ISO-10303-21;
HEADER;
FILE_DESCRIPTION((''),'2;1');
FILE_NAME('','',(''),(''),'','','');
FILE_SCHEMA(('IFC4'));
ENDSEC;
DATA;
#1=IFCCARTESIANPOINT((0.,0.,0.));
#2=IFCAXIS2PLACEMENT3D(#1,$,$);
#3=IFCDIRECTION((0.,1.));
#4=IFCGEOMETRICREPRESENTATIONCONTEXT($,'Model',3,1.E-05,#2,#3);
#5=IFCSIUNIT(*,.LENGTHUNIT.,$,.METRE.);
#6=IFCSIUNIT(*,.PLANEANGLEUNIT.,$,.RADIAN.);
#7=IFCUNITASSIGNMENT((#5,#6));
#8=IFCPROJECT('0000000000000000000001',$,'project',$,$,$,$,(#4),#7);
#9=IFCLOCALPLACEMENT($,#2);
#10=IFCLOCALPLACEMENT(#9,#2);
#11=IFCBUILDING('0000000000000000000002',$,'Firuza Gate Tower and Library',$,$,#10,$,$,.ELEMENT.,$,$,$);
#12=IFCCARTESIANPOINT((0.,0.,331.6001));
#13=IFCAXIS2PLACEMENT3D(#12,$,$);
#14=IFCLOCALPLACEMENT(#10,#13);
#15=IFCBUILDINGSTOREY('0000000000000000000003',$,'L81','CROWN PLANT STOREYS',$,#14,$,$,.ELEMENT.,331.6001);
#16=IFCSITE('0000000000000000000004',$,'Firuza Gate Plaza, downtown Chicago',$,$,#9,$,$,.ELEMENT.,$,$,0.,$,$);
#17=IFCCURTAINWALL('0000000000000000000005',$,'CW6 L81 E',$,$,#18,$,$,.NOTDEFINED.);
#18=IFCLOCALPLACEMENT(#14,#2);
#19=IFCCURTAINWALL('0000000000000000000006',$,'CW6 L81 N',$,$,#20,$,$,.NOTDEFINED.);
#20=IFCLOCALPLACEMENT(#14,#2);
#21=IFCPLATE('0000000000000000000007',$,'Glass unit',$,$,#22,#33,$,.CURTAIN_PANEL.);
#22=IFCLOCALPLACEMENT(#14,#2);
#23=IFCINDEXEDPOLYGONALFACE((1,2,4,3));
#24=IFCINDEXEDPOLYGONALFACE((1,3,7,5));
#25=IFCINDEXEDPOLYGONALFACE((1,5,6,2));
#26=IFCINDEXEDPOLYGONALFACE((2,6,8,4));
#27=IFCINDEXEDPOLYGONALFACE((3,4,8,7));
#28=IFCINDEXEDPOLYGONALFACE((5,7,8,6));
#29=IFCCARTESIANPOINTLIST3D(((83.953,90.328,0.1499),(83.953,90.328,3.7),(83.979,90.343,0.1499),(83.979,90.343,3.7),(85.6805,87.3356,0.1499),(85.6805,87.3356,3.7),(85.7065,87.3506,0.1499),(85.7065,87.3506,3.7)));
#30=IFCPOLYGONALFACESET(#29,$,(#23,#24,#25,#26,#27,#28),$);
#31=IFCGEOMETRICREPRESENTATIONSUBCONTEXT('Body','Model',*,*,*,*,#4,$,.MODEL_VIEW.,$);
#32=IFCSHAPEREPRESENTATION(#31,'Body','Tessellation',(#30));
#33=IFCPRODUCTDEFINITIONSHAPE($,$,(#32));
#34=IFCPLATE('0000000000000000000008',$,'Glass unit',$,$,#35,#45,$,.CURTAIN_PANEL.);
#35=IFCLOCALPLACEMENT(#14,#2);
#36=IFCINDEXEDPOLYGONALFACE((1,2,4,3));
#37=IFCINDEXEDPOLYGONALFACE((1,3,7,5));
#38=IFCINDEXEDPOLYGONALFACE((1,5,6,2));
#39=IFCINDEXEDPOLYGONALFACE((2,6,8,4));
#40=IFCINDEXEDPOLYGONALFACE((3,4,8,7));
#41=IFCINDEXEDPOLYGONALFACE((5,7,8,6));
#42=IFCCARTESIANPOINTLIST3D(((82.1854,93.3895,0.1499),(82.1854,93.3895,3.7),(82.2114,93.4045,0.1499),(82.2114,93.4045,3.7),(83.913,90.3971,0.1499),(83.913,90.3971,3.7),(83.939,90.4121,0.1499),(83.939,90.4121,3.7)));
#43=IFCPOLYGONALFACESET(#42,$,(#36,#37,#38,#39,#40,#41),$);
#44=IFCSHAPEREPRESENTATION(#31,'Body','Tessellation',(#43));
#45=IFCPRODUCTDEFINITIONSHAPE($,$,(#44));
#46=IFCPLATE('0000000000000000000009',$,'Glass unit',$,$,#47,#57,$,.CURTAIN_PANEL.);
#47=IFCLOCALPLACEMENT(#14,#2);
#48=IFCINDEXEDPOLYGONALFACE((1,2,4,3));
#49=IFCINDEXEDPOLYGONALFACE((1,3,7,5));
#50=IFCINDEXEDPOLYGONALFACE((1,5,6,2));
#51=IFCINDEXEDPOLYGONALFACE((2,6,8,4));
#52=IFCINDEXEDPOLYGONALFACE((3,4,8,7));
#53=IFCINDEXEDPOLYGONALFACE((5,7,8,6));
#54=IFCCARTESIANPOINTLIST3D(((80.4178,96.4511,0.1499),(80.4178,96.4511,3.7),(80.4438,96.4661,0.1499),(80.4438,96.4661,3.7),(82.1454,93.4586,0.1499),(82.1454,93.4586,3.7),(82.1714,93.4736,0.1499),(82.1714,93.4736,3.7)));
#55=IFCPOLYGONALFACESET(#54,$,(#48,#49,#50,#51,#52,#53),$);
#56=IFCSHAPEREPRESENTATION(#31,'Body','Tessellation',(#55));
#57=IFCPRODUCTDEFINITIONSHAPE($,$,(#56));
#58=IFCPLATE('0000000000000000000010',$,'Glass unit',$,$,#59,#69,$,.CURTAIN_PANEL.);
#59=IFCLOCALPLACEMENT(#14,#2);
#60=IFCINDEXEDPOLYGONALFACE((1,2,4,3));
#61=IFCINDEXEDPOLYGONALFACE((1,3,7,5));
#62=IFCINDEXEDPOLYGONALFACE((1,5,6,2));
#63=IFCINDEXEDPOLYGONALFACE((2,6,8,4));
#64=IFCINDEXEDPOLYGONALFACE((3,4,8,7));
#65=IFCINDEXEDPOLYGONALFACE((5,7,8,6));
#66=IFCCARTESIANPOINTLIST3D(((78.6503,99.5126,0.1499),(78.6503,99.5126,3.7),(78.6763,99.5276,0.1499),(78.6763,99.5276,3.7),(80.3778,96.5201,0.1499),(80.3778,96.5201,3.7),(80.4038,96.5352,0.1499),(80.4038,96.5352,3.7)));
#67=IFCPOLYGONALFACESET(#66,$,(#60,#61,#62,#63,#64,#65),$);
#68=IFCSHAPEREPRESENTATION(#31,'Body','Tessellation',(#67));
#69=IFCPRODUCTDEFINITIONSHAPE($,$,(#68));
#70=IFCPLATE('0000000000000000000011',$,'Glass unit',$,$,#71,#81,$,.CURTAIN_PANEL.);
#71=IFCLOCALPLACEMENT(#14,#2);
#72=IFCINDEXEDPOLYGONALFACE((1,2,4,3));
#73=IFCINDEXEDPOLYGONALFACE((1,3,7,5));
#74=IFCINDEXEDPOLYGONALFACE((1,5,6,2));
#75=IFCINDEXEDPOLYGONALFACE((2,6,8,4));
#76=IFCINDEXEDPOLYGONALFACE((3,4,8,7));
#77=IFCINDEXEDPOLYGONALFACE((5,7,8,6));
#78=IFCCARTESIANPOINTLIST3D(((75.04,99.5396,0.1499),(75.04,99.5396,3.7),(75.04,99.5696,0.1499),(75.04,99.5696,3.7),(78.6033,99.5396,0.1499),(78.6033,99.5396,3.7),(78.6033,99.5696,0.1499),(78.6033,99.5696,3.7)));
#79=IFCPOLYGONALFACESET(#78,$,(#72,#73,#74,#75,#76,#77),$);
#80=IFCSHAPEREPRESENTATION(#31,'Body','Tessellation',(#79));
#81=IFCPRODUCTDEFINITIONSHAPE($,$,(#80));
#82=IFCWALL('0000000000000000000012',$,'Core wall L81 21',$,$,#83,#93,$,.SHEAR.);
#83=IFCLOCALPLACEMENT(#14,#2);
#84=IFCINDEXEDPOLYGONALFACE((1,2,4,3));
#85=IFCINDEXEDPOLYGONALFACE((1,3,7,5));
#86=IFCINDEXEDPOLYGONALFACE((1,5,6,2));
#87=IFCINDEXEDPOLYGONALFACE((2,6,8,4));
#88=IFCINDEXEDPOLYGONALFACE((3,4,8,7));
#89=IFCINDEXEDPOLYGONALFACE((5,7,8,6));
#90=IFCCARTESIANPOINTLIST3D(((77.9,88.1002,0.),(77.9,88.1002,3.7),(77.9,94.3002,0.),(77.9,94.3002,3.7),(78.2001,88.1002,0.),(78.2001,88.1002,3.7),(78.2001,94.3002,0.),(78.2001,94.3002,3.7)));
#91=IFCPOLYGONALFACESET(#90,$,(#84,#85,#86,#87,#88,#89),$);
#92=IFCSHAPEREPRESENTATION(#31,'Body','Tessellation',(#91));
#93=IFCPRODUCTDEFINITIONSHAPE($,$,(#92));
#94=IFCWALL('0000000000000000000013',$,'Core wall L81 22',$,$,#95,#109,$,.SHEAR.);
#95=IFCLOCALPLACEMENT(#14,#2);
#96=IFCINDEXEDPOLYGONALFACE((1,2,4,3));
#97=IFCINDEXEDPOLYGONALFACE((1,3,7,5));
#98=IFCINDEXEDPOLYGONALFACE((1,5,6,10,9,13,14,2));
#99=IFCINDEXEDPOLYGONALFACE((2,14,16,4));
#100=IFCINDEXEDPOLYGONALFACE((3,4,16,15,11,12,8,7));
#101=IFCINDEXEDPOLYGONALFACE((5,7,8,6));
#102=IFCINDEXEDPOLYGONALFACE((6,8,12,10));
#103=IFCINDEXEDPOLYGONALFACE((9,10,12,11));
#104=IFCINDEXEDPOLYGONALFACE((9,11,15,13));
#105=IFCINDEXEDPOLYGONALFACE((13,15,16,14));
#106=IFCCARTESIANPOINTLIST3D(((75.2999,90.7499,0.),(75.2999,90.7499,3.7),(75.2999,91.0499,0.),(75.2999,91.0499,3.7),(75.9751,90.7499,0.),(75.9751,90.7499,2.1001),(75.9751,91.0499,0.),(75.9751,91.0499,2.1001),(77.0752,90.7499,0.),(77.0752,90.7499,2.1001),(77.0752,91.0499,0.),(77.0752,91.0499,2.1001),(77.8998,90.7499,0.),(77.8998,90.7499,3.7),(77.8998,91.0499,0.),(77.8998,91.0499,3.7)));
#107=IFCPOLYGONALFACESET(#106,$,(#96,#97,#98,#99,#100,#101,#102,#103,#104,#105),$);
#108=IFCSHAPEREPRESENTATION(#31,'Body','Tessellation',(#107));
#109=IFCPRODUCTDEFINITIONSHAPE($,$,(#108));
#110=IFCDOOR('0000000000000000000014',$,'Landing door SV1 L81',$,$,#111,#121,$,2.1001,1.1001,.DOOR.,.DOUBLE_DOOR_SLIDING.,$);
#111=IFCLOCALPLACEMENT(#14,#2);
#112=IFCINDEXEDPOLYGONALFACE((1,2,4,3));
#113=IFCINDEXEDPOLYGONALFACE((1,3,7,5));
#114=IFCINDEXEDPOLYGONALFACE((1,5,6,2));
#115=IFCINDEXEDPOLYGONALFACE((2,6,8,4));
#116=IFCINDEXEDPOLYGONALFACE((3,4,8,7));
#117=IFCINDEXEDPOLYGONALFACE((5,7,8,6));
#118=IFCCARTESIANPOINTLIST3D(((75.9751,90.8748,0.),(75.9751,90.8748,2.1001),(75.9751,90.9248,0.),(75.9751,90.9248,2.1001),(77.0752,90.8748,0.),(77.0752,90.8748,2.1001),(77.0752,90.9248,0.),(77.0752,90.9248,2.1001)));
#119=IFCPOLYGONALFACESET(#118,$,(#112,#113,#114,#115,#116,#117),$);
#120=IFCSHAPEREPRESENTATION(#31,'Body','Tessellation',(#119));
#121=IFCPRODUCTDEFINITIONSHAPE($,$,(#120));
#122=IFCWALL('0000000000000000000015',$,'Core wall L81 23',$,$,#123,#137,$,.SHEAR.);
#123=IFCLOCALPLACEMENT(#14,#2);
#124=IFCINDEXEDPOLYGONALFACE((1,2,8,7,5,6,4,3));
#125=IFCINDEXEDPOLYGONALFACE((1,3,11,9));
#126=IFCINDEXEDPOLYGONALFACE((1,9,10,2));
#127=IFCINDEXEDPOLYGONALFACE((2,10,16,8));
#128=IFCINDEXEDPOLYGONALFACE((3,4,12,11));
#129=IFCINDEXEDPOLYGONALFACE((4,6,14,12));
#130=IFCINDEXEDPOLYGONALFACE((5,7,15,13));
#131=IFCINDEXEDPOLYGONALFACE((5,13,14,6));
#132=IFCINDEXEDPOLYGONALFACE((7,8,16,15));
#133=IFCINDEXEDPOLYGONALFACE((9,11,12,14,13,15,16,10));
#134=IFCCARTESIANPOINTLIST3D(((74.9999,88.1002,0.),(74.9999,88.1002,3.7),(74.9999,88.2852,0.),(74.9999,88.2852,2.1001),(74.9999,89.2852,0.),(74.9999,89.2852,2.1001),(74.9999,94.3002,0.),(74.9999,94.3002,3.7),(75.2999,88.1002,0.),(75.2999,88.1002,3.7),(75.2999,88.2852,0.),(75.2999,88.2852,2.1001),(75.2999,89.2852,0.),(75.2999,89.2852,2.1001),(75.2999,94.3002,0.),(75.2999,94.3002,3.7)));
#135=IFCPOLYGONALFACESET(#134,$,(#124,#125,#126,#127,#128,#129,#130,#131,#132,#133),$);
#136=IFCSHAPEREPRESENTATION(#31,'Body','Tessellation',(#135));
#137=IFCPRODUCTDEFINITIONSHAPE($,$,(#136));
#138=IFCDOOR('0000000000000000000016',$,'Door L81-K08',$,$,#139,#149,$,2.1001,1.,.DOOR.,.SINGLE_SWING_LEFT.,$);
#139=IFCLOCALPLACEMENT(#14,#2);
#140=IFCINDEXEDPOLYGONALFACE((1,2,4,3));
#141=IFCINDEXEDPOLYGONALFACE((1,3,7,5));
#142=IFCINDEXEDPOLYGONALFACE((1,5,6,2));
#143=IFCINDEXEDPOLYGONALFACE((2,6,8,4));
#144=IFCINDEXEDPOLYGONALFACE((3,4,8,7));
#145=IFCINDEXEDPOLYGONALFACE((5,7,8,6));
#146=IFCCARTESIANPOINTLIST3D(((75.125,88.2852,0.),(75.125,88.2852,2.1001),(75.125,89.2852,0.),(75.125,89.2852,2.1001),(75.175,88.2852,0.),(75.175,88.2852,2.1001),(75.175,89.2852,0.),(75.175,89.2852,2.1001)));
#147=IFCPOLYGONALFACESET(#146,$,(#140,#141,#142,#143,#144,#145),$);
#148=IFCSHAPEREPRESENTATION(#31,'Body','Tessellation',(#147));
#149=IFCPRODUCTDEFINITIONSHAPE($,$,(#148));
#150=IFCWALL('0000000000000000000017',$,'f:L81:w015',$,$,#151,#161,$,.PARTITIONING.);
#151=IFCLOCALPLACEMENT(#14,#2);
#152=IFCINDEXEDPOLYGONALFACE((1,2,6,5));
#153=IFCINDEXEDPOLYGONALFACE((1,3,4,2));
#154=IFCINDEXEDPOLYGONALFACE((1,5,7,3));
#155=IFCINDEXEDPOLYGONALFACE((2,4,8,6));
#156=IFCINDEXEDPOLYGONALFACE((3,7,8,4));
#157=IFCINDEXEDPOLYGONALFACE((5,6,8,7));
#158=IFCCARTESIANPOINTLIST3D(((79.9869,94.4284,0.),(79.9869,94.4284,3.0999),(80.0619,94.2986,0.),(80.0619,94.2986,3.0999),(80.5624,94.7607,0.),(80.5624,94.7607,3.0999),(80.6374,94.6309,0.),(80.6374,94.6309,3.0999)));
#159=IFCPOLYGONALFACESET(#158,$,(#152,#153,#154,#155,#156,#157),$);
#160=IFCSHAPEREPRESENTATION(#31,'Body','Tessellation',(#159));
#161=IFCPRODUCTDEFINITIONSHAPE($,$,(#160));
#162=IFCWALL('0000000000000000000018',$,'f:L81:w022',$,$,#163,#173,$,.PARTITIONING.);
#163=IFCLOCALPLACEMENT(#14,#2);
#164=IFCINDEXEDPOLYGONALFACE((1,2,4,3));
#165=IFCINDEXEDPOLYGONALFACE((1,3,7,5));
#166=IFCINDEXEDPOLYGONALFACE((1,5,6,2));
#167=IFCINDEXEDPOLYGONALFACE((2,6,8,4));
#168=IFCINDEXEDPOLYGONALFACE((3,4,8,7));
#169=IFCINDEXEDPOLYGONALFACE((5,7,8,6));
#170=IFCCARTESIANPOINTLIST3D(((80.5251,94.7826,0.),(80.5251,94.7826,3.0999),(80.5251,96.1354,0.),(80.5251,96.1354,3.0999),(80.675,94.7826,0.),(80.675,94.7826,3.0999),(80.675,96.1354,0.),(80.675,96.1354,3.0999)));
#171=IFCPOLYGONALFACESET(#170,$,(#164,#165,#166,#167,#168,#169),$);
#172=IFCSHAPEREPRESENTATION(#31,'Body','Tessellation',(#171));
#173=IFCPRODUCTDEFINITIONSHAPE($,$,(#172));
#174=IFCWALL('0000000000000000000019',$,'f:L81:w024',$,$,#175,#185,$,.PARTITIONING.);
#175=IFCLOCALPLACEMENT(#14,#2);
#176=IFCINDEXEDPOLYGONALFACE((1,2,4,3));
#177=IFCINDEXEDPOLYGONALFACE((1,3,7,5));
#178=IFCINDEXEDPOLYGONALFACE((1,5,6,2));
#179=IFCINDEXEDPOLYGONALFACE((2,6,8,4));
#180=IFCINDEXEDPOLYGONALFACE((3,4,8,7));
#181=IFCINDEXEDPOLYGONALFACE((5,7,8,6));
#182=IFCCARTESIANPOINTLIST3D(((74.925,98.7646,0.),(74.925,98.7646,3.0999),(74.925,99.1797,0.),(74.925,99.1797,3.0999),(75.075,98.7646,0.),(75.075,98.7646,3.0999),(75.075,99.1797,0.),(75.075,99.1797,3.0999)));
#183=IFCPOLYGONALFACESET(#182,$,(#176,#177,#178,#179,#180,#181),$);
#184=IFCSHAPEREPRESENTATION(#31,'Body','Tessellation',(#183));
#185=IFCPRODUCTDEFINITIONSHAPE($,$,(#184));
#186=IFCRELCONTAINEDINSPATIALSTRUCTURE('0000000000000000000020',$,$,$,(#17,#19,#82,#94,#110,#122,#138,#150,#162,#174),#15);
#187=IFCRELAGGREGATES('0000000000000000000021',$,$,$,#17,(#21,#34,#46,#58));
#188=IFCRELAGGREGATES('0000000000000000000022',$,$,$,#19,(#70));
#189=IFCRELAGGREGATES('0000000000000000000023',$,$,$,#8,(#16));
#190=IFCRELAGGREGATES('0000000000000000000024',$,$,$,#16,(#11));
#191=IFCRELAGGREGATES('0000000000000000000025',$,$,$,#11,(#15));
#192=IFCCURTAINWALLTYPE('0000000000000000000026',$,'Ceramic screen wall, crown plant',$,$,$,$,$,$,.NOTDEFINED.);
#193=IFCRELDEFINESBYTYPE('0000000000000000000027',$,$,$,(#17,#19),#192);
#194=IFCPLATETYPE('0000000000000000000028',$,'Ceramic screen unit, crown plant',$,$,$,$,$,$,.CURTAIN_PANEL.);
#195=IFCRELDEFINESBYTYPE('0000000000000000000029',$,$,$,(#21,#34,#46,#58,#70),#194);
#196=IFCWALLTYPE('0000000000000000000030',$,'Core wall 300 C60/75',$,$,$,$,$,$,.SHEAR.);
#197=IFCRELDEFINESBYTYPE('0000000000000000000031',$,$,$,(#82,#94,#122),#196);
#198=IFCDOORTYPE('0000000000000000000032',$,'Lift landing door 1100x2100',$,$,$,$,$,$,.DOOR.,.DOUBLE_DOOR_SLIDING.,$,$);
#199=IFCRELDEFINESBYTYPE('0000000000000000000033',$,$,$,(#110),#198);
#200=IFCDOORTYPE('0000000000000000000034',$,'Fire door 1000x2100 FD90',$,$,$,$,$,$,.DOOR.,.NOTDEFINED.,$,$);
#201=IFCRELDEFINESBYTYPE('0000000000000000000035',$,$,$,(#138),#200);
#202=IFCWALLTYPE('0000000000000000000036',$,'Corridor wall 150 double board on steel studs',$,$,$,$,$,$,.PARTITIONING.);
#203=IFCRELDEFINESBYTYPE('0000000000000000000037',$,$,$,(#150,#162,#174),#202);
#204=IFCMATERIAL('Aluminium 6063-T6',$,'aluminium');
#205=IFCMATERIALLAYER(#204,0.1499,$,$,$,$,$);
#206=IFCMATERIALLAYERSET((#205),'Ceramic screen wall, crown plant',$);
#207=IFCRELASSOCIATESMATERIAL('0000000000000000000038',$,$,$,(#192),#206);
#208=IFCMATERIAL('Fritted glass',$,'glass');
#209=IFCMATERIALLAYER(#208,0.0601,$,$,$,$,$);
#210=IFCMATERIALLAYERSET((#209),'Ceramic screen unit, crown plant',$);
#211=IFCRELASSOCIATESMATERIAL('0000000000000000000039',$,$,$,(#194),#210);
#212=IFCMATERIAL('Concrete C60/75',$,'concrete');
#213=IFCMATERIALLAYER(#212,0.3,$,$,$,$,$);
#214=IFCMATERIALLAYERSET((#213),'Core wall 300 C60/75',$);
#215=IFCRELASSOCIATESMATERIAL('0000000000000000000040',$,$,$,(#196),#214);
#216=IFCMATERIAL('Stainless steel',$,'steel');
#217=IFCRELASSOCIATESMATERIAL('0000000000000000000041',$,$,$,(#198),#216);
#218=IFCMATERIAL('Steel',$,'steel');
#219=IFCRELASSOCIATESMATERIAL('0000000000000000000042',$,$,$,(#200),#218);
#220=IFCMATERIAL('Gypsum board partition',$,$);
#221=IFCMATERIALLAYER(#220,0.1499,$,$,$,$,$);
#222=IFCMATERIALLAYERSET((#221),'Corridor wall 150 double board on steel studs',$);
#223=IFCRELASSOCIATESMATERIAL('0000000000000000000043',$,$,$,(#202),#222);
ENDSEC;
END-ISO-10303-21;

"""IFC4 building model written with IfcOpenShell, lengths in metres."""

from ifc_helpers import new_model, si_unit, direction, frame, frame_2d, origin, place, context, subcontext, project, spatial, polyline, rectangle, outline, extrude, material, layer, layer_set, type_object, element, fill, aggregate, save


model = new_model("IFC4")

# Units and contexts
model_context = context("Model", 3, precision=1e-05, world=origin(), true_north=direction((0.0, 1.0)))
body_context = subcontext(model_context, "Body", "Model", "MODEL_VIEW")
ifc_project = project(units=[si_unit("LENGTHUNIT", "METRE"), si_unit("PLANEANGLEUNIT", "RADIAN")], contexts=[model_context])

# Site, building, storey
site_placement = place(None, origin())
site = spatial("IfcSite", under=ifc_project, at=site_placement, Name="Firuza Gate Plaza, downtown Chicago", CompositionType="ELEMENT", RefElevation=0.0)
building_placement = place(site_placement, origin())
building = spatial("IfcBuilding", under=site, at=building_placement, Name="Firuza Gate Tower and Library", CompositionType="ELEMENT")
storey_placement = place(building_placement, frame((0.0, 0.0, 331.6001)))
storey = spatial("IfcBuildingStorey", under=building, at=storey_placement, Name="L81", Description="CROWN PLANT STOREYS", CompositionType="ELEMENT", Elevation=331.6001)

# Curtain walls
ifc_material_1 = material(Name="Aluminium 6063-T6", Category="aluminium")
ifc_layer_1 = layer(ifc_material_1, 0.1499)
ifc_layer_set_1 = layer_set([ifc_layer_1], Name="Ceramic screen wall, crown plant")
curtain_wall_type = type_object("IfcCurtainWallType", Name="Ceramic screen wall, crown plant", PredefinedType="NOTDEFINED", material=ifc_layer_set_1)
placement = place(storey_placement, origin())
curtain_wall_1 = element("IfcCurtainWall", 1, at=placement, inside=storey, type_object=curtain_wall_type, Name="CW6 L81 E", PredefinedType="NOTDEFINED")
curtain_wall_2 = element("IfcCurtainWall", 2, at=placement, inside=storey, type_object=curtain_wall_type, Name="CW6 L81 N", PredefinedType="NOTDEFINED")

# Plates
ifc_material_2 = material(Name="Fritted glass", Category="glass")
ifc_layer_2 = layer(ifc_material_2, 0.0601)
ifc_layer_set_2 = layer_set([ifc_layer_2], Name="Ceramic screen unit, crown plant")
plate_type = type_object("IfcPlateType", Name="Ceramic screen unit, crown plant", PredefinedType="CURTAIN_PANEL", material=ifc_layer_set_2)
plate_1_placement = place(storey_placement, frame((85.7065, 87.3506, 0.1499), z_axis=(0.866043, 0.499969, 0.0), x_axis=(-0.499969, 0.866043, 0.0)))
plate_1 = element("IfcPlate", 3, at=plate_1_placement, type_object=plate_type, Name="Glass unit", PredefinedType="CURTAIN_PANEL", context=body_context, shape_type="SweptSolid", body=[
    extrude(outline(polyline([(0.0, 0.0), (3.4553, 0.0), (3.4553, 3.55), (0.0, 3.55), (0.0, 0.0)])), origin(), (0.0, 0.0, -1.0), 0.03),
])
plate_2_placement = place(storey_placement, frame((83.939, 90.4121, 0.1499), z_axis=(0.866043, 0.499969, 0.0), x_axis=(-0.499969, 0.866043, 0.0)))
plate_2 = element("IfcPlate", 4, at=plate_2_placement, type_object=plate_type, Name="Glass unit", PredefinedType="CURTAIN_PANEL", context=body_context, shape_type="SweptSolid", body=[
    extrude(outline(polyline([(0.0, 0.0), (3.4553, 0.0), (3.4553, 3.55), (0.0, 3.55), (0.0, 0.0)])), origin(), (0.0, 0.0, -1.0), 0.03),
])
plate_3_placement = place(storey_placement, frame((82.1714, 93.4736, 0.1499), z_axis=(0.866043, 0.499969, 0.0), x_axis=(-0.499969, 0.866043, 0.0)))
plate_3 = element("IfcPlate", 5, at=plate_3_placement, type_object=plate_type, Name="Glass unit", PredefinedType="CURTAIN_PANEL", context=body_context, shape_type="SweptSolid", body=[
    extrude(outline(polyline([(0.0, 0.0), (3.4553, 0.0), (3.4553, 3.55), (0.0, 3.55), (0.0, 0.0)])), origin(), (0.0, 0.0, -1.0), 0.03),
])
plate_4_placement = place(storey_placement, frame((80.4038, 96.5352, 0.1499), z_axis=(0.866043, 0.499969, 0.0), x_axis=(-0.499969, 0.866043, 0.0)))
plate_4 = element("IfcPlate", 6, at=plate_4_placement, type_object=plate_type, Name="Glass unit", PredefinedType="CURTAIN_PANEL", context=body_context, shape_type="SweptSolid", body=[
    extrude(outline(polyline([(0.0, 0.0), (3.4553, 0.0), (3.4553, 3.55), (0.0, 3.55), (0.0, 0.0)])), origin(), (0.0, 0.0, -1.0), 0.03),
])
aggregate(curtain_wall_1, [plate_1, plate_2, plate_3, plate_4])
plate_5_placement = place(storey_placement, frame((78.6033, 99.5696, 0.1499), z_axis=(0.0, 1.0, 0.0), x_axis=(-1.0, 0.0, 0.0)))
plate_5 = element("IfcPlate", 7, at=plate_5_placement, type_object=plate_type, Name="Glass unit", PredefinedType="CURTAIN_PANEL", context=body_context, shape_type="SweptSolid", body=[
    extrude(outline(polyline([(0.0, 0.0), (3.5632, 0.0), (3.5632, 3.55), (0.0, 3.55), (0.0, 0.0)])), origin(), (0.0, 0.0, -1.0), 0.03),
])
aggregate(curtain_wall_2, [plate_5])

# Wall
ifc_material_3 = material(Name="Concrete C60/75", Category="concrete")
ifc_layer_3 = layer(ifc_material_3, 0.3)
ifc_layer_set_3 = layer_set([ifc_layer_3], Name="Core wall 300 C60/75")
wall_type_1 = type_object("IfcWallType", Name="Core wall 300 C60/75", PredefinedType="SHEAR", material=ifc_layer_set_3)
wall_1_placement = place(storey_placement, frame((78.05, 88.1001, 0.0), z_axis=(0.0, 0.0, 1.0), x_axis=(0.0, 1.0, 0.0)))
element("IfcWall", 8, at=wall_1_placement, inside=storey, type_object=wall_type_1, Name="Core wall L81 21", PredefinedType="SHEAR", context=body_context, shape_type="SweptSolid", body=[
    extrude(rectangle(XDim=6.2, YDim=0.3, at=frame_2d((3.1001, 0.0))), origin(), (0.0, 0.0, 1.0), 3.7),
])

# Walls, openings, doors
wall_2_placement = place(storey_placement, frame((75.3, 90.8999, 0.0), z_axis=(0.0, 0.0, 1.0), x_axis=(1.0, 0.0, 0.0)))
wall_2 = element("IfcWall", 9, at=wall_2_placement, inside=storey, type_object=wall_type_1, Name="Core wall L81 22", PredefinedType="SHEAR", context=body_context, shape_type="SweptSolid", body=[
    extrude(rectangle(XDim=2.5999, YDim=0.3, at=frame_2d((1.2998, 0.0))), origin(), (0.0, 0.0, 1.0), 3.7),
])
opening_1_placement = place(wall_2_placement, frame((0.675, 0.0, 0.0)))
opening_1 = element("IfcOpeningElement", 10, at=opening_1_placement, cuts=wall_2, PredefinedType="OPENING", context=body_context, shape_type="SweptSolid", body=[
    extrude(rectangle(XDim=1.1001, YDim=2.1001, at=frame_2d((0.55, 1.05))), frame((0.0, 0.1602, 0.0), z_axis=(0.0, -1.0, 0.0), x_axis=(1.0, 0.0, 0.0)), (0.0, 0.0, 1.0), 0.3201),
])
ifc_material_4 = material(Name="Stainless steel", Category="steel")
door_type_1 = type_object("IfcDoorType", Name="Lift landing door 1100x2100", OperationType="DOUBLE_DOOR_SLIDING", PredefinedType="DOOR", material=ifc_material_4)
door_1_placement = place(opening_1_placement, origin())
door_1 = element("IfcDoor", 11, at=door_1_placement, inside=storey, type_object=door_type_1, Name="Landing door SV1 L81", OperationType="DOUBLE_DOOR_SLIDING", OverallHeight=2.1001, OverallWidth=1.1001, PredefinedType="DOOR", context=body_context, shape_type="SweptSolid", body=[
    extrude(rectangle(XDim=1.1001, YDim=2.1001, at=frame_2d((0.55, 1.05))), frame((0.0, 0.0249, 0.0), z_axis=(0.0, -1.0, 0.0), x_axis=(1.0, 0.0, 0.0)), (0.0, 0.0, 1.0), 0.05),
])
fill(opening_1, door_1)
wall_3_placement = place(storey_placement, frame((75.1499, 88.1001, 0.0), z_axis=(0.0, 0.0, 1.0), x_axis=(0.0, 1.0, 0.0)))
wall_3 = element("IfcWall", 12, at=wall_3_placement, inside=storey, type_object=wall_type_1, Name="Core wall L81 23", PredefinedType="SHEAR", context=body_context, shape_type="SweptSolid", body=[
    extrude(rectangle(XDim=6.2, YDim=0.3, at=frame_2d((3.1001, 0.0))), origin(), (0.0, 0.0, 1.0), 3.7),
])
opening_2_placement = place(wall_3_placement, frame((0.1851, 0.0, 0.0)))
opening_2 = element("IfcOpeningElement", 13, at=opening_2_placement, cuts=wall_3, PredefinedType="OPENING", context=body_context, shape_type="SweptSolid", body=[
    extrude(rectangle(XDim=1.0, YDim=2.1001, at=frame_2d((0.5, 1.05))), frame((0.0, 0.1602, 0.0), z_axis=(0.0, -1.0, 0.0), x_axis=(1.0, 0.0, 0.0)), (0.0, 0.0, 1.0), 0.3201),
])
ifc_material_5 = material(Name="Steel", Category="steel")
door_type_2 = type_object("IfcDoorType", Name="Fire door 1000x2100 FD90", OperationType="NOTDEFINED", PredefinedType="DOOR", material=ifc_material_5)
door_2_placement = place(opening_2_placement, origin())
door_2 = element("IfcDoor", 14, at=door_2_placement, inside=storey, type_object=door_type_2, Name="Door L81-K08", OperationType="SINGLE_SWING_LEFT", OverallHeight=2.1001, OverallWidth=1.0, PredefinedType="DOOR", context=body_context, shape_type="SweptSolid", body=[
    extrude(rectangle(XDim=1.0, YDim=2.1001, at=frame_2d((0.5, 1.05))), frame((0.0, 0.0249, 0.0), z_axis=(0.0, -1.0, 0.0), x_axis=(1.0, 0.0, 0.0)), (0.0, 0.0, 1.0), 0.05),
])
fill(opening_2, door_2)

# Walls
ifc_material_6 = material(Name="Gypsum board partition")
ifc_layer_4 = layer(ifc_material_6, 0.1499)
ifc_layer_set_4 = layer_set([ifc_layer_4], Name="Corridor wall 150 double board on steel studs")
wall_type_2 = type_object("IfcWallType", Name="Corridor wall 150 double board on steel studs", PredefinedType="PARTITIONING", material=ifc_layer_set_4)
wall_4_placement = place(storey_placement, frame((80.0244, 94.3635, 0.0), z_axis=(0.0, 0.0, 1.0), x_axis=(0.865996, 0.500051, 0.0)))
element("IfcWall", 15, at=wall_4_placement, inside=storey, type_object=wall_type_2, Name="f:L81:w015", PredefinedType="PARTITIONING", context=body_context, shape_type="SweptSolid", body=[
    extrude(rectangle(XDim=0.6646, YDim=0.1499, at=frame_2d((0.3323, 0.0))), origin(), (0.0, 0.0, 1.0), 3.0999),
])
wall_5_placement = place(storey_placement, frame((80.6001, 94.7827, 0.0), z_axis=(0.0, 0.0, 1.0), x_axis=(0.0, 1.0, 0.0)))
element("IfcWall", 16, at=wall_5_placement, inside=storey, type_object=wall_type_2, Name="f:L81:w022", PredefinedType="PARTITIONING", context=body_context, shape_type="SweptSolid", body=[
    extrude(rectangle(XDim=1.3528, YDim=0.1499, at=frame_2d((0.6763, 0.0))), origin(), (0.0, 0.0, 1.0), 3.0999),
])
wall_6_placement = place(storey_placement, frame((75.0, 98.7646, 0.0), z_axis=(0.0, 0.0, 1.0), x_axis=(0.0, 1.0, 0.0)))
element("IfcWall", 17, at=wall_6_placement, inside=storey, type_object=wall_type_2, Name="f:L81:w024", PredefinedType="PARTITIONING", context=body_context, shape_type="SweptSolid", body=[
    extrude(rectangle(XDim=0.415, YDim=0.1499, at=frame_2d((0.2075, 0.0))), origin(), (0.0, 0.0, 1.0), 3.0999),
])

save(model, "model.ifc")
